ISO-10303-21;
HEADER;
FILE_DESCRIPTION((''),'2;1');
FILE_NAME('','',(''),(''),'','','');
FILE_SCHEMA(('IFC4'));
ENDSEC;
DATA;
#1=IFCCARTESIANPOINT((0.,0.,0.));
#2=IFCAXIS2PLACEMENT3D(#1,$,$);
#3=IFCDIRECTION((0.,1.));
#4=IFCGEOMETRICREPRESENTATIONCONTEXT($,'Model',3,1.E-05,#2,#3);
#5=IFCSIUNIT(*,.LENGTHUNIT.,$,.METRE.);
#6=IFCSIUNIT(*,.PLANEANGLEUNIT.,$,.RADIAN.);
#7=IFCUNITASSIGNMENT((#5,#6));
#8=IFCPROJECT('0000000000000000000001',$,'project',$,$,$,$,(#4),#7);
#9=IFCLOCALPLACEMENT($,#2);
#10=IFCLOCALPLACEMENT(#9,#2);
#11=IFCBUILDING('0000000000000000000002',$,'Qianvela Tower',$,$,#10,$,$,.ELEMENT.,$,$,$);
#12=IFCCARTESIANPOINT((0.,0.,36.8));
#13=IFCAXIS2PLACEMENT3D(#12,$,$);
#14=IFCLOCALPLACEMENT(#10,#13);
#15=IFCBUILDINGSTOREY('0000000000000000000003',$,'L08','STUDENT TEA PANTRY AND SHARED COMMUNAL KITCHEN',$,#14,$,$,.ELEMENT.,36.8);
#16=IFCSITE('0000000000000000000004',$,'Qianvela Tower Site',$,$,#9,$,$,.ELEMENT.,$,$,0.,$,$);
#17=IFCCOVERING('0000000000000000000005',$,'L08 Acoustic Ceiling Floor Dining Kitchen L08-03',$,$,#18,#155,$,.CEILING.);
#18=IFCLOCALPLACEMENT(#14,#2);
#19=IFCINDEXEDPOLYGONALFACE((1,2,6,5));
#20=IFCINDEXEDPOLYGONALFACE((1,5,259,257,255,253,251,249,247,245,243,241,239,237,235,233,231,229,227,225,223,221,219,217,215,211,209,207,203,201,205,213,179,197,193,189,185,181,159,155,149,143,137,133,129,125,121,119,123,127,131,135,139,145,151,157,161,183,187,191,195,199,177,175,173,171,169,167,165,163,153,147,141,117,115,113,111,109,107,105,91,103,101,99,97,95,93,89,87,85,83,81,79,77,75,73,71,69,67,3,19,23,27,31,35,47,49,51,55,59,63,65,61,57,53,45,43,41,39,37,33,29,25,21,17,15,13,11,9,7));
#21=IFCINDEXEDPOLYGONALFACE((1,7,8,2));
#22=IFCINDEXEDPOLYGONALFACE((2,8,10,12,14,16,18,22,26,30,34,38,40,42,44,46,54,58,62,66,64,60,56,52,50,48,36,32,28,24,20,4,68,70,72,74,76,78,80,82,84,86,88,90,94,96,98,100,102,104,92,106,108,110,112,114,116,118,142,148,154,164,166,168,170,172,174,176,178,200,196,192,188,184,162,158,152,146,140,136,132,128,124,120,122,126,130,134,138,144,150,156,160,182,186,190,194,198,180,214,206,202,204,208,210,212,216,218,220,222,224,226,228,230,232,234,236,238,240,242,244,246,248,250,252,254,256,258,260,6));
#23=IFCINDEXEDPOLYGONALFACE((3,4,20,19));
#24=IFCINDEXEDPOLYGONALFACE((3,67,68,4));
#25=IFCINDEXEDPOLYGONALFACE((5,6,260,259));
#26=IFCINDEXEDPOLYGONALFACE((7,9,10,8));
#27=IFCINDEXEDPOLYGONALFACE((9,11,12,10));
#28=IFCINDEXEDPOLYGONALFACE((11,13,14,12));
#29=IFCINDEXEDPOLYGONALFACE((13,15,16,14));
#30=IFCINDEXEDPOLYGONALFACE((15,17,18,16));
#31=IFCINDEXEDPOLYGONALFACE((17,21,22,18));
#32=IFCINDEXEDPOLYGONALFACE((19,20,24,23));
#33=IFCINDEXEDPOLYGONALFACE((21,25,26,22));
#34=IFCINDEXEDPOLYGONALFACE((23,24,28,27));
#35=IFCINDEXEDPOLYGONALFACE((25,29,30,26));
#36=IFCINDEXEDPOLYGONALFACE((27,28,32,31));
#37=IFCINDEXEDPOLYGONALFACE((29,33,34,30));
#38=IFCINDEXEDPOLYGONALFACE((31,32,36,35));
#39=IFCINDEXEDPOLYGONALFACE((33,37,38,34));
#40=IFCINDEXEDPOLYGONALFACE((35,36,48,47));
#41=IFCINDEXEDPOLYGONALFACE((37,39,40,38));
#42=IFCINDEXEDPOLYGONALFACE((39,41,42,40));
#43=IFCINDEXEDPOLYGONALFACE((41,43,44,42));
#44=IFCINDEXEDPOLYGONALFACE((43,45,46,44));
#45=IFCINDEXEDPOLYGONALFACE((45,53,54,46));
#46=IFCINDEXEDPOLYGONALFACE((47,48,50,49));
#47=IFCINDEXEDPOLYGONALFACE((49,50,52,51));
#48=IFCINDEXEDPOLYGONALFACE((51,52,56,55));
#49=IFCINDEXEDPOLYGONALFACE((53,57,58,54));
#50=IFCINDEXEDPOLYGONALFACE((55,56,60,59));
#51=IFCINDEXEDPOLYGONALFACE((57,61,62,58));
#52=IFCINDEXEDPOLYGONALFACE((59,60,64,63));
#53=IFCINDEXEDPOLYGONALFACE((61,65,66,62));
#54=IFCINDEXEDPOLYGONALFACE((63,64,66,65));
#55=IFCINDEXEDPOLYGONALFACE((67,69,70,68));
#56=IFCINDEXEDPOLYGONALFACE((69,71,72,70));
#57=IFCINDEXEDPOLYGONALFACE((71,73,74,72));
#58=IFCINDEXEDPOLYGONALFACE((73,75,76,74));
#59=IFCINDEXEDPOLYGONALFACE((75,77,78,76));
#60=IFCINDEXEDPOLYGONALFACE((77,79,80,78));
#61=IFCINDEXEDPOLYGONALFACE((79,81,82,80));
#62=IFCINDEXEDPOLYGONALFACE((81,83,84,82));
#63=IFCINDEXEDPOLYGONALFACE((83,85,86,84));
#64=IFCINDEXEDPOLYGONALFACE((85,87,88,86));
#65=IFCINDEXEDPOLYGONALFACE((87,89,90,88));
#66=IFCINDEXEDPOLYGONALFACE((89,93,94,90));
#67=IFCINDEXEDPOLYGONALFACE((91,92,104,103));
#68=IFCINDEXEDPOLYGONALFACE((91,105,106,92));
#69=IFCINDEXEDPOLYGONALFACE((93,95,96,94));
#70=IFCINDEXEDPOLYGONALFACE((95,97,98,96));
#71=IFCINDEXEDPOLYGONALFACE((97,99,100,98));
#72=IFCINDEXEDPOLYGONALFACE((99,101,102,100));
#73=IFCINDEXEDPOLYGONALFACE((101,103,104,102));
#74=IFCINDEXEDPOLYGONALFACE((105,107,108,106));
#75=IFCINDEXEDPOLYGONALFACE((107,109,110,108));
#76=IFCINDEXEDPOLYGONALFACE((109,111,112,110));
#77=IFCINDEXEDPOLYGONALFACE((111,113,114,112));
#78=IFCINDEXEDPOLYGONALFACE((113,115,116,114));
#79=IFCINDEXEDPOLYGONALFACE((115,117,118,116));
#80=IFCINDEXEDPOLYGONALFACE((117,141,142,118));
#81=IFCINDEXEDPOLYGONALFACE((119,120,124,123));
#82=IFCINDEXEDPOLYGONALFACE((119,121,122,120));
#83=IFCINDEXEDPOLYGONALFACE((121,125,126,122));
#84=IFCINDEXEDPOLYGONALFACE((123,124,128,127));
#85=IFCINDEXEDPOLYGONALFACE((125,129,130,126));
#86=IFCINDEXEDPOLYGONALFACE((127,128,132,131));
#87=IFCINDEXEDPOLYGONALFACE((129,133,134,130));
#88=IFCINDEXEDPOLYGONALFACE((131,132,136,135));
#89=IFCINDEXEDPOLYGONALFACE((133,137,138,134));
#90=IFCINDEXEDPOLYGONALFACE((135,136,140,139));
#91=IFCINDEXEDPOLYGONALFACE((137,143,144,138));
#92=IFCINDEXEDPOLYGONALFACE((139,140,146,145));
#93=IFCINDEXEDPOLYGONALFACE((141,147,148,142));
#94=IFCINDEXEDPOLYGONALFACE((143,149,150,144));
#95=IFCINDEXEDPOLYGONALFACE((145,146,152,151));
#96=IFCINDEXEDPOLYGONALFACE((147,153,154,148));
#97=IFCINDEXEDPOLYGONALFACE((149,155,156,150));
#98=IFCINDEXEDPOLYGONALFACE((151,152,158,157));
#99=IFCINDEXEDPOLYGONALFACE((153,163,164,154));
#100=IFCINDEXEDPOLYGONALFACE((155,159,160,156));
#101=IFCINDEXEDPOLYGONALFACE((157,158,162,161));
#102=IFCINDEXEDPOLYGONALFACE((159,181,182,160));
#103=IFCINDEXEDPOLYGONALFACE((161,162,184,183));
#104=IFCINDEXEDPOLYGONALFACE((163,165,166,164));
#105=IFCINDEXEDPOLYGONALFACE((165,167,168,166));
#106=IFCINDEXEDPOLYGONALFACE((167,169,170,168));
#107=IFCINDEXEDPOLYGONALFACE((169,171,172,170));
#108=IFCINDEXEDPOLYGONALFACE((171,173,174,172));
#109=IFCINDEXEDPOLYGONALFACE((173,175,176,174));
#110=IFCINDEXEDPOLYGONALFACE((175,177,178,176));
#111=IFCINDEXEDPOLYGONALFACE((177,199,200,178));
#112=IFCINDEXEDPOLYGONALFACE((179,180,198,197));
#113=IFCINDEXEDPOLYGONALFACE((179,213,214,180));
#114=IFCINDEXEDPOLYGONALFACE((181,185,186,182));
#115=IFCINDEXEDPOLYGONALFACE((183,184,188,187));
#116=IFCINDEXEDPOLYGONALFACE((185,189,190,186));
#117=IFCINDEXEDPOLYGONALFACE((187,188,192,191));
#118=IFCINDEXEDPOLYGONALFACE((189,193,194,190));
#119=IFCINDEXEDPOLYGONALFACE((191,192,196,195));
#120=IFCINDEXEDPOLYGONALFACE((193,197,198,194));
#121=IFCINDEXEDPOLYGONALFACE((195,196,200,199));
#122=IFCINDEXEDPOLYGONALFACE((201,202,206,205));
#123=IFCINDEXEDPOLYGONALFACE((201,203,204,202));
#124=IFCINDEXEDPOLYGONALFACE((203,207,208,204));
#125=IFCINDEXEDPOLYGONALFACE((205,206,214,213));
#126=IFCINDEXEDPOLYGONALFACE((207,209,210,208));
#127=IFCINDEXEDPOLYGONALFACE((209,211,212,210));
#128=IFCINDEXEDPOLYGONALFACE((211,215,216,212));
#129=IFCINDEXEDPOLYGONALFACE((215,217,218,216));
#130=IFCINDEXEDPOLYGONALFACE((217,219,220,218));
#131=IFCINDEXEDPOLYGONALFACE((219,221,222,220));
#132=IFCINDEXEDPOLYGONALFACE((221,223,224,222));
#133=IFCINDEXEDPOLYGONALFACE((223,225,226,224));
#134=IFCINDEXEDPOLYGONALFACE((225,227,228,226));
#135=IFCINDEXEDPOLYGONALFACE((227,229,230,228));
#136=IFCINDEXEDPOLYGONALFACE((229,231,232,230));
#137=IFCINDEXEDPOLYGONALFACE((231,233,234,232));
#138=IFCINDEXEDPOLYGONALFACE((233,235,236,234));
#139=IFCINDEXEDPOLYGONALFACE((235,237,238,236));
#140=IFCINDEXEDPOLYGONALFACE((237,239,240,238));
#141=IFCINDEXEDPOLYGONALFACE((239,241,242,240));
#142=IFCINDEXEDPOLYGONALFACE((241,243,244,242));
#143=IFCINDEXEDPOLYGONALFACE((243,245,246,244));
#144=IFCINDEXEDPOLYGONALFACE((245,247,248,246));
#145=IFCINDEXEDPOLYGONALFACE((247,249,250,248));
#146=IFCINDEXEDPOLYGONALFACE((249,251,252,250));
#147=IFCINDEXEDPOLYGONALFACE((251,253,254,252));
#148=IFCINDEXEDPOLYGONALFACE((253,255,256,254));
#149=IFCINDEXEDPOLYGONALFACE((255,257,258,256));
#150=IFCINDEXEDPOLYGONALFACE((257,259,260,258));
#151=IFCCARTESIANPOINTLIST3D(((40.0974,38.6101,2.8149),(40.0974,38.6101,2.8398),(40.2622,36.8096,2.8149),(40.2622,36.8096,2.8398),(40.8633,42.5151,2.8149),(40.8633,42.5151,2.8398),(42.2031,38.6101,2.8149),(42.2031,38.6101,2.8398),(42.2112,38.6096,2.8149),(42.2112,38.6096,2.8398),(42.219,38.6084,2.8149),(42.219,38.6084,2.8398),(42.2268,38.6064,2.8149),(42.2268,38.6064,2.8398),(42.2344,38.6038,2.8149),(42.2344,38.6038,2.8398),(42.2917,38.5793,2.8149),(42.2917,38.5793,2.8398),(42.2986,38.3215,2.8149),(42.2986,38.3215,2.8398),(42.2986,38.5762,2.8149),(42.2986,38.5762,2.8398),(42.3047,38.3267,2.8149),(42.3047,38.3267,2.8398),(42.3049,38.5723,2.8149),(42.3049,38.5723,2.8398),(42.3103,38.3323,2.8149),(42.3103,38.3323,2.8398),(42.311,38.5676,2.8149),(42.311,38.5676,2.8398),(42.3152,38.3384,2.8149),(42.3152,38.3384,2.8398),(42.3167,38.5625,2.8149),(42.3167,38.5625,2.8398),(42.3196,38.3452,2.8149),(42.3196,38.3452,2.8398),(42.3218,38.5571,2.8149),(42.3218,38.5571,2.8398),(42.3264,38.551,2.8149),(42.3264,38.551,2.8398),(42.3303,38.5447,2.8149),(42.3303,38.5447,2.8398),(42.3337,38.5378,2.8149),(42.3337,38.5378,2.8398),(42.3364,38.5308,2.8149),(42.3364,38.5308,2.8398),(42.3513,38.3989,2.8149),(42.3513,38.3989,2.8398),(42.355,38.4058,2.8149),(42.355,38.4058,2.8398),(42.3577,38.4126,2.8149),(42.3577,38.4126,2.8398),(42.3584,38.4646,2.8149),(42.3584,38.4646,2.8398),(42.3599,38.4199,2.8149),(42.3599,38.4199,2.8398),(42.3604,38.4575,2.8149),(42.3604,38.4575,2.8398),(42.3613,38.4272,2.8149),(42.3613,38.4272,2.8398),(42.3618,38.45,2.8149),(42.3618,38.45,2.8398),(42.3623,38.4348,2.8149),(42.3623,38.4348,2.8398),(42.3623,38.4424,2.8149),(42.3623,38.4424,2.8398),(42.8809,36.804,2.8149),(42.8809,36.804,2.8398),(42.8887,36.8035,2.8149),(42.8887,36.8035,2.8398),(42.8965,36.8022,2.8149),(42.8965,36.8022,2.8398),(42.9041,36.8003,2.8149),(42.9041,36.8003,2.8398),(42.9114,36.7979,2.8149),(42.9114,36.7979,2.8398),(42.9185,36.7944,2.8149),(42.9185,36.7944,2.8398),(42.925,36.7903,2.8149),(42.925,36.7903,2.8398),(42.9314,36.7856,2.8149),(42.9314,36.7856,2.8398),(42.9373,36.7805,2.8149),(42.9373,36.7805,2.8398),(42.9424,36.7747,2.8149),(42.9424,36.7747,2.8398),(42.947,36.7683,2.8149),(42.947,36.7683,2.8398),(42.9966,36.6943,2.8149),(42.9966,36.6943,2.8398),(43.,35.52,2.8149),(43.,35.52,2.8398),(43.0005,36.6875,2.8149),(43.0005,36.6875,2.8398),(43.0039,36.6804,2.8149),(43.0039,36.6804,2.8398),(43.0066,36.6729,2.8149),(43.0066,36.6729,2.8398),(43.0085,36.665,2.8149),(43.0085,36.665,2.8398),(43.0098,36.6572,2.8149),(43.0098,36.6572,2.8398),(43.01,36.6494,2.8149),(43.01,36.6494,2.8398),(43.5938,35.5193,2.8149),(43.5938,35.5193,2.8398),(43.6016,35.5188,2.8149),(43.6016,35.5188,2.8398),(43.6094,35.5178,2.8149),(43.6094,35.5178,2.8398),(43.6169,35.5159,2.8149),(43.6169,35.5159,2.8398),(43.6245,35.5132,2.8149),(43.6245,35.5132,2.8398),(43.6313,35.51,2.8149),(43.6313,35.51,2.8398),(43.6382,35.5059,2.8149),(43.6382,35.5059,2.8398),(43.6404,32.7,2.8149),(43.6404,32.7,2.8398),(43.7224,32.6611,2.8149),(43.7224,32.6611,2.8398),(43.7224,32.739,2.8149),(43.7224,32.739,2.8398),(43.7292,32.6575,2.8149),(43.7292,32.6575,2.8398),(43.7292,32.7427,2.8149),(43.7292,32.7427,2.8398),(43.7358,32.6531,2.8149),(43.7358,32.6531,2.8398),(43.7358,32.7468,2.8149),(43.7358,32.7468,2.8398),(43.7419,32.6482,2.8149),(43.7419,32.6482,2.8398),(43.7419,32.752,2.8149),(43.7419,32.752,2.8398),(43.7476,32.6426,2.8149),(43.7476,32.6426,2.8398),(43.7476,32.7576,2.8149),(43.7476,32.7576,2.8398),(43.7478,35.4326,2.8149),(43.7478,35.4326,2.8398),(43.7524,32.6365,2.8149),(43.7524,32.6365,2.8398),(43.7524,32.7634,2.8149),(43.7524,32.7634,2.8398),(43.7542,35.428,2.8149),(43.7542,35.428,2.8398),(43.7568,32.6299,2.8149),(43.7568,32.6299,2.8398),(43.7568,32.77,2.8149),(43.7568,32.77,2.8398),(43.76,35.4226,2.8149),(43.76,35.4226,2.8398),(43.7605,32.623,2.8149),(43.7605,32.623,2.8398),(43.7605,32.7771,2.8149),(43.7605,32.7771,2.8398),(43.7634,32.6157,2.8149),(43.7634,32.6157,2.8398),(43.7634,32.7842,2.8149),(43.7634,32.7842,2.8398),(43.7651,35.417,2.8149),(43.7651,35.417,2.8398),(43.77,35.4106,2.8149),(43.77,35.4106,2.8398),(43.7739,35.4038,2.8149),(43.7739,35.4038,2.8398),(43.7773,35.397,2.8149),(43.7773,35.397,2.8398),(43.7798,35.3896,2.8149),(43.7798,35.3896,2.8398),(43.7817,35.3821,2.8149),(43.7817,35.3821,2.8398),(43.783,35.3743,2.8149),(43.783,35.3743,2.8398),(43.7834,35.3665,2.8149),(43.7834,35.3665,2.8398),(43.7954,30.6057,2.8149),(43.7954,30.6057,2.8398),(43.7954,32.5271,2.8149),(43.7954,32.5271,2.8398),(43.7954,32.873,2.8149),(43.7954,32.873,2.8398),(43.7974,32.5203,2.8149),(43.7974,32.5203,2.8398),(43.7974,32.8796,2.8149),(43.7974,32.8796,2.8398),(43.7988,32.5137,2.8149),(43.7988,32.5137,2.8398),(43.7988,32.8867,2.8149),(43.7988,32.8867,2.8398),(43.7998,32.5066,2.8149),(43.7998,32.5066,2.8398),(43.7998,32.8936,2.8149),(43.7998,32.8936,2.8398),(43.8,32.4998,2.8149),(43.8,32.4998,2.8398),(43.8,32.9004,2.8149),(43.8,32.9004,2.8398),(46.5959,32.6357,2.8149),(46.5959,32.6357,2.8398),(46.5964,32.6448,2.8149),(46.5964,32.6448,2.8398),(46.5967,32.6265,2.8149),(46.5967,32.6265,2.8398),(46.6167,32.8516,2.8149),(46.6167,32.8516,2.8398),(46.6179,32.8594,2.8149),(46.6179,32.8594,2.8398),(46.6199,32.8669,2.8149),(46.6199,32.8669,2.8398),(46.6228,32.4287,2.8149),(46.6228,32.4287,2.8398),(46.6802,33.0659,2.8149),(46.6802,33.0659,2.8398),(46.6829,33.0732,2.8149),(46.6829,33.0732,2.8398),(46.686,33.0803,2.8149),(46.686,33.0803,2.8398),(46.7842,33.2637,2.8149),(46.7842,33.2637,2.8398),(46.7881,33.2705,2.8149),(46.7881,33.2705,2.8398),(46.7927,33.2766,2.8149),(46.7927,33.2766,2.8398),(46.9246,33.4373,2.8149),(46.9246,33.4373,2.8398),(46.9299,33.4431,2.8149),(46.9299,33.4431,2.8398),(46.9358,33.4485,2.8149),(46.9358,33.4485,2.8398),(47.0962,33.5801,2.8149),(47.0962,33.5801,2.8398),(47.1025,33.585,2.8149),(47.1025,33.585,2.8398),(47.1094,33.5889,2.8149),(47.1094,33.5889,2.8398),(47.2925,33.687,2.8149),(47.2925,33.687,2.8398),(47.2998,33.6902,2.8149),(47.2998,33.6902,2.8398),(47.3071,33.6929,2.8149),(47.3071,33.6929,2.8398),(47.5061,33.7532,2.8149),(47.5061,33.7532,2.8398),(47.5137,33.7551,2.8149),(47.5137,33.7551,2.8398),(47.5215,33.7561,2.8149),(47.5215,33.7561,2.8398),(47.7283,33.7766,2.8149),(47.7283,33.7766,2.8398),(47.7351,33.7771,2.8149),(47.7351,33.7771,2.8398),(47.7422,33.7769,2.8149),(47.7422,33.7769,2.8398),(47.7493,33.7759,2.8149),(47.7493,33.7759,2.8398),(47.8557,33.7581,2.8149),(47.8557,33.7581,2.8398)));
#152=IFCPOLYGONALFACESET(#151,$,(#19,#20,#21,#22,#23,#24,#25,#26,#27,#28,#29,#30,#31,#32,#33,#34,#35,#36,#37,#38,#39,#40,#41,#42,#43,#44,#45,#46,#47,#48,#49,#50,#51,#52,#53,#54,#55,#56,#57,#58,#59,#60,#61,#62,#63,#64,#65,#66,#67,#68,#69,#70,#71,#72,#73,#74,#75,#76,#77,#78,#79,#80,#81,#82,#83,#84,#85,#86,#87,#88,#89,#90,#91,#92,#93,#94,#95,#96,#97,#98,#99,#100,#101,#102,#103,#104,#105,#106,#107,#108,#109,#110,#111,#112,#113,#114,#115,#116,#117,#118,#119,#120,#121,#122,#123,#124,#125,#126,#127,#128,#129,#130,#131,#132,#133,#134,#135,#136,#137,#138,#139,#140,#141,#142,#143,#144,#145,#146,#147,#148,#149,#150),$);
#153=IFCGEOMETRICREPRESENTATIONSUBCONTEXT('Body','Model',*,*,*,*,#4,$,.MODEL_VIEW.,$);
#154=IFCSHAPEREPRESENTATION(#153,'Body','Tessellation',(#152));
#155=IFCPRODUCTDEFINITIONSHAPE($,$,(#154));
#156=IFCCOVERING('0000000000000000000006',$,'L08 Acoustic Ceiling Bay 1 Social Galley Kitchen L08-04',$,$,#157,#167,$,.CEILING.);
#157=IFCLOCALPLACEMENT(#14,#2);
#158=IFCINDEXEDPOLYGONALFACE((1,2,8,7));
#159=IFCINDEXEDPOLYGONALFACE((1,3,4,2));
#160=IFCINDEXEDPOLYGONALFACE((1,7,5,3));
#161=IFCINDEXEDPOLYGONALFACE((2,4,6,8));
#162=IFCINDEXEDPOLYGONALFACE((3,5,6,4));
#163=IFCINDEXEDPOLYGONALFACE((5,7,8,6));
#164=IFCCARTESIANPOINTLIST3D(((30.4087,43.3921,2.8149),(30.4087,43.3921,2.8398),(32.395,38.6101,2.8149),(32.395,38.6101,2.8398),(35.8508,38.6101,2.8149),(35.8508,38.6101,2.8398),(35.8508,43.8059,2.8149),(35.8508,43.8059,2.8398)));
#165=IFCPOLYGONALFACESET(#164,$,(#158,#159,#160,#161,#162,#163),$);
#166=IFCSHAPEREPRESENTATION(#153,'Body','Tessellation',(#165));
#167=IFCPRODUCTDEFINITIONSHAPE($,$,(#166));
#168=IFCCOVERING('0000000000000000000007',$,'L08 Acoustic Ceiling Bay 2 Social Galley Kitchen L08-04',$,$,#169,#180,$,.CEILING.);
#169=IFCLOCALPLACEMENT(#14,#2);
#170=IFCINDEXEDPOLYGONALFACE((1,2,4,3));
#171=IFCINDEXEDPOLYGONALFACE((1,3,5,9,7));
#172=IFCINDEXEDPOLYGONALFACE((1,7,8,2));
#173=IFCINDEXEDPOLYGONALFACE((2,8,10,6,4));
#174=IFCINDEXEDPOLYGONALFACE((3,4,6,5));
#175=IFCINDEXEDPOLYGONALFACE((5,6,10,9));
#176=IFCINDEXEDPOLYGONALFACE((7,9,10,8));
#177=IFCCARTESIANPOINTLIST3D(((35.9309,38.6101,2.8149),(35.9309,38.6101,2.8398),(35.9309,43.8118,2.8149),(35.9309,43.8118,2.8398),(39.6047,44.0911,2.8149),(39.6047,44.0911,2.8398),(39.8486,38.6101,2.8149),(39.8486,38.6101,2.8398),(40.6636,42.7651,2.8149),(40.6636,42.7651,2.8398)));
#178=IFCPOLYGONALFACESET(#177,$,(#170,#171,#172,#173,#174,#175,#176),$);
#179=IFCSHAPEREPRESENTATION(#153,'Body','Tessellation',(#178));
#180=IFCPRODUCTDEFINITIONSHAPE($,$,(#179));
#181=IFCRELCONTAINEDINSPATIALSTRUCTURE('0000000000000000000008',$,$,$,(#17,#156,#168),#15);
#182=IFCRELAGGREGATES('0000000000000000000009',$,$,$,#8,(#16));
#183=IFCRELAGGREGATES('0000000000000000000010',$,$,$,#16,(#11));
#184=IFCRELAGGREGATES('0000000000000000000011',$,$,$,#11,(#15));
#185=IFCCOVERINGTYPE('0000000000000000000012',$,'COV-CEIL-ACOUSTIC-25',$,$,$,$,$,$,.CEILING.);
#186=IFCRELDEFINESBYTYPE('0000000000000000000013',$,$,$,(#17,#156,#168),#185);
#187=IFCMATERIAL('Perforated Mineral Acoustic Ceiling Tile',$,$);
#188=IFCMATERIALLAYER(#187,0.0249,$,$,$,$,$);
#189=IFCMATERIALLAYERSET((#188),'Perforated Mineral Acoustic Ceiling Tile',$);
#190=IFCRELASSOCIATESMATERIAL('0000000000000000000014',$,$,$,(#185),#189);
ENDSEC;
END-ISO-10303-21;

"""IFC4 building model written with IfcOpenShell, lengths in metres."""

from ifc_helpers import new_model, si_unit, direction, frame, origin, place, context, subcontext, project, spatial, polyline, outline, extrude, material, layer, layer_set, type_object, element, save


model = new_model("IFC4")

# Units and contexts
model_context = context("Model", 3, precision=1e-05, world=origin(), true_north=direction((0.0, 1.0)))
body_context = subcontext(model_context, "Body", "Model", "MODEL_VIEW")
ifc_project = project(units=[si_unit("LENGTHUNIT", "METRE"), si_unit("PLANEANGLEUNIT", "RADIAN")], contexts=[model_context])

# Site, building, storey
site_placement = place(None, origin())
site = spatial("IfcSite", under=ifc_project, at=site_placement, Name="Qianvela Tower Site", CompositionType="ELEMENT", RefElevation=0.0)
building_placement = place(site_placement, origin())
building = spatial("IfcBuilding", under=site, at=building_placement, Name="Qianvela Tower", CompositionType="ELEMENT")
storey_placement = place(building_placement, frame((0.0, 0.0, 36.8)))
storey = spatial("IfcBuildingStorey", under=building, at=storey_placement, Name="L08", Description="STUDENT TEA PANTRY AND SHARED COMMUNAL KITCHEN", CompositionType="ELEMENT", Elevation=36.8)

# Coverings
ifc_material_1 = material(Name="Perforated Mineral Acoustic Ceiling Tile")
ifc_layer_1 = layer(ifc_material_1, 0.0249)
ifc_layer_set_1 = layer_set([ifc_layer_1], Name="Perforated Mineral Acoustic Ceiling Tile")
covering_type_1 = type_object("IfcCoveringType", Name="COV-CEIL-ACOUSTIC-25", PredefinedType="CEILING", material=ifc_layer_set_1)
covering_1_placement = place(storey_placement, frame((0.0, 0.0, 2.8149)))
element("IfcCovering", 1, at=covering_1_placement, inside=storey, type_object=covering_type_1, Name="L08 Acoustic Ceiling Floor Dining Kitchen L08-03", PredefinedType="CEILING", context=body_context, shape_type="SweptSolid", body=[
    extrude(outline(polyline([(43.6404, 32.7), (43.7224, 32.739), (43.7292, 32.7427), (43.7358, 32.7468), (43.7419, 32.752), (43.7476, 32.7576), (43.7524, 32.7634), (43.7568, 32.77), (43.7605, 32.7771), (43.7634, 32.7842), (43.7954, 32.873), (43.7974, 32.8796), (43.7988, 32.8867), (43.7998, 32.8936), (43.8, 32.9004), (43.7834, 35.3665), (43.783, 35.3743), (43.7817, 35.3821), (43.7798, 35.3896), (43.7773, 35.397), (43.7739, 35.4038), (43.77, 35.4106), (43.7651, 35.417), (43.76, 35.4226), (43.7542, 35.428), (43.7478, 35.4326), (43.6382, 35.5059), (43.6313, 35.51), (43.6245, 35.5132), (43.6169, 35.5159), (43.6094, 35.5178), (43.6016, 35.5188), (43.5938, 35.5193), (43.0, 35.52), (43.01, 36.6494), (43.0098, 36.6572), (43.0085, 36.665), (43.0066, 36.6729), (43.0039, 36.6804), (43.0005, 36.6875), (42.9966, 36.6943), (42.947, 36.7683), (42.9424, 36.7747), (42.9373, 36.7805), (42.9314, 36.7856), (42.925, 36.7903), (42.9185, 36.7944), (42.9114, 36.7979), (42.9041, 36.8003), (42.8965, 36.8022), (42.8887, 36.8035), (42.8809, 36.804), (40.2622, 36.8096), (42.2986, 38.3215), (42.3047, 38.3267), (42.3103, 38.3323), (42.3152, 38.3384), (42.3196, 38.3452), (42.3513, 38.3989), (42.355, 38.4058), (42.3577, 38.4126), (42.3599, 38.4199), (42.3613, 38.4272), (42.3623, 38.4348), (42.3623, 38.4424), (42.3618, 38.45), (42.3604, 38.4575), (42.3584, 38.4646), (42.3364, 38.5308), (42.3337, 38.5378), (42.3303, 38.5447), (42.3264, 38.551), (42.3218, 38.5571), (42.3167, 38.5625), (42.311, 38.5676), (42.3049, 38.5723), (42.2986, 38.5762), (42.2917, 38.5793), (42.2344, 38.6038), (42.2268, 38.6064), (42.219, 38.6084), (42.2112, 38.6096), (42.2031, 38.6101), (40.0974, 38.6101), (40.8633, 42.5151), (47.8557, 33.7581), (47.7493, 33.7759), (47.7422, 33.7769), (47.7351, 33.7771), (47.7283, 33.7766), (47.5215, 33.7561), (47.5137, 33.7551), (47.5061, 33.7532), (47.3071, 33.6929), (47.2998, 33.6902), (47.2925, 33.687), (47.1094, 33.5889), (47.1025, 33.585), (47.0962, 33.5801), (46.9358, 33.4485), (46.9299, 33.4431), (46.9246, 33.4373), (46.7927, 33.2766), (46.7881, 33.2705), (46.7842, 33.2637), (46.686, 33.0803), (46.6829, 33.0732), (46.6802, 33.0659), (46.6199, 32.8669), (46.6179, 32.8594), (46.6167, 32.8516), (46.5964, 32.6448), (46.5959, 32.6357), (46.5967, 32.6265), (46.6228, 32.4287), (43.7954, 30.6057), (43.8, 32.4998), (43.7998, 32.5066), (43.7988, 32.5137), (43.7974, 32.5203), (43.7954, 32.5271), (43.7634, 32.6157), (43.7605, 32.623), (43.7568, 32.6299), (43.7524, 32.6365), (43.7476, 32.6426), (43.7419, 32.6482), (43.7358, 32.6531), (43.7292, 32.6575), (43.7224, 32.6611), (43.6404, 32.7)])), origin(), (0.0, 0.0, 1.0), 0.0249),
])
covering_2_placement = place(storey_placement, frame((0.0, 0.0, 2.8149)))
element("IfcCovering", 2, at=covering_2_placement, inside=storey, type_object=covering_type_1, Name="L08 Acoustic Ceiling Bay 1 Social Galley Kitchen L08-04", PredefinedType="CEILING", context=body_context, shape_type="SweptSolid", body=[
    extrude(outline(polyline([(35.8508, 43.8059), (35.8508, 38.6101), (32.395, 38.6101), (30.4087, 43.3921), (35.8508, 43.8059)])), origin(), (0.0, 0.0, 1.0), 0.0249),
])
covering_3_placement = place(storey_placement, frame((0.0, 0.0, 2.8149)))
element("IfcCovering", 3, at=covering_3_placement, inside=storey, type_object=covering_type_1, Name="L08 Acoustic Ceiling Bay 2 Social Galley Kitchen L08-04", PredefinedType="CEILING", context=body_context, shape_type="SweptSolid", body=[
    extrude(outline(polyline([(39.6047, 44.0911), (40.6636, 42.7651), (39.8486, 38.6101), (35.9309, 38.6101), (35.9309, 43.8118), (39.6047, 44.0911)])), origin(), (0.0, 0.0, 1.0), 0.0249),
])

save(model, "model.ifc")
